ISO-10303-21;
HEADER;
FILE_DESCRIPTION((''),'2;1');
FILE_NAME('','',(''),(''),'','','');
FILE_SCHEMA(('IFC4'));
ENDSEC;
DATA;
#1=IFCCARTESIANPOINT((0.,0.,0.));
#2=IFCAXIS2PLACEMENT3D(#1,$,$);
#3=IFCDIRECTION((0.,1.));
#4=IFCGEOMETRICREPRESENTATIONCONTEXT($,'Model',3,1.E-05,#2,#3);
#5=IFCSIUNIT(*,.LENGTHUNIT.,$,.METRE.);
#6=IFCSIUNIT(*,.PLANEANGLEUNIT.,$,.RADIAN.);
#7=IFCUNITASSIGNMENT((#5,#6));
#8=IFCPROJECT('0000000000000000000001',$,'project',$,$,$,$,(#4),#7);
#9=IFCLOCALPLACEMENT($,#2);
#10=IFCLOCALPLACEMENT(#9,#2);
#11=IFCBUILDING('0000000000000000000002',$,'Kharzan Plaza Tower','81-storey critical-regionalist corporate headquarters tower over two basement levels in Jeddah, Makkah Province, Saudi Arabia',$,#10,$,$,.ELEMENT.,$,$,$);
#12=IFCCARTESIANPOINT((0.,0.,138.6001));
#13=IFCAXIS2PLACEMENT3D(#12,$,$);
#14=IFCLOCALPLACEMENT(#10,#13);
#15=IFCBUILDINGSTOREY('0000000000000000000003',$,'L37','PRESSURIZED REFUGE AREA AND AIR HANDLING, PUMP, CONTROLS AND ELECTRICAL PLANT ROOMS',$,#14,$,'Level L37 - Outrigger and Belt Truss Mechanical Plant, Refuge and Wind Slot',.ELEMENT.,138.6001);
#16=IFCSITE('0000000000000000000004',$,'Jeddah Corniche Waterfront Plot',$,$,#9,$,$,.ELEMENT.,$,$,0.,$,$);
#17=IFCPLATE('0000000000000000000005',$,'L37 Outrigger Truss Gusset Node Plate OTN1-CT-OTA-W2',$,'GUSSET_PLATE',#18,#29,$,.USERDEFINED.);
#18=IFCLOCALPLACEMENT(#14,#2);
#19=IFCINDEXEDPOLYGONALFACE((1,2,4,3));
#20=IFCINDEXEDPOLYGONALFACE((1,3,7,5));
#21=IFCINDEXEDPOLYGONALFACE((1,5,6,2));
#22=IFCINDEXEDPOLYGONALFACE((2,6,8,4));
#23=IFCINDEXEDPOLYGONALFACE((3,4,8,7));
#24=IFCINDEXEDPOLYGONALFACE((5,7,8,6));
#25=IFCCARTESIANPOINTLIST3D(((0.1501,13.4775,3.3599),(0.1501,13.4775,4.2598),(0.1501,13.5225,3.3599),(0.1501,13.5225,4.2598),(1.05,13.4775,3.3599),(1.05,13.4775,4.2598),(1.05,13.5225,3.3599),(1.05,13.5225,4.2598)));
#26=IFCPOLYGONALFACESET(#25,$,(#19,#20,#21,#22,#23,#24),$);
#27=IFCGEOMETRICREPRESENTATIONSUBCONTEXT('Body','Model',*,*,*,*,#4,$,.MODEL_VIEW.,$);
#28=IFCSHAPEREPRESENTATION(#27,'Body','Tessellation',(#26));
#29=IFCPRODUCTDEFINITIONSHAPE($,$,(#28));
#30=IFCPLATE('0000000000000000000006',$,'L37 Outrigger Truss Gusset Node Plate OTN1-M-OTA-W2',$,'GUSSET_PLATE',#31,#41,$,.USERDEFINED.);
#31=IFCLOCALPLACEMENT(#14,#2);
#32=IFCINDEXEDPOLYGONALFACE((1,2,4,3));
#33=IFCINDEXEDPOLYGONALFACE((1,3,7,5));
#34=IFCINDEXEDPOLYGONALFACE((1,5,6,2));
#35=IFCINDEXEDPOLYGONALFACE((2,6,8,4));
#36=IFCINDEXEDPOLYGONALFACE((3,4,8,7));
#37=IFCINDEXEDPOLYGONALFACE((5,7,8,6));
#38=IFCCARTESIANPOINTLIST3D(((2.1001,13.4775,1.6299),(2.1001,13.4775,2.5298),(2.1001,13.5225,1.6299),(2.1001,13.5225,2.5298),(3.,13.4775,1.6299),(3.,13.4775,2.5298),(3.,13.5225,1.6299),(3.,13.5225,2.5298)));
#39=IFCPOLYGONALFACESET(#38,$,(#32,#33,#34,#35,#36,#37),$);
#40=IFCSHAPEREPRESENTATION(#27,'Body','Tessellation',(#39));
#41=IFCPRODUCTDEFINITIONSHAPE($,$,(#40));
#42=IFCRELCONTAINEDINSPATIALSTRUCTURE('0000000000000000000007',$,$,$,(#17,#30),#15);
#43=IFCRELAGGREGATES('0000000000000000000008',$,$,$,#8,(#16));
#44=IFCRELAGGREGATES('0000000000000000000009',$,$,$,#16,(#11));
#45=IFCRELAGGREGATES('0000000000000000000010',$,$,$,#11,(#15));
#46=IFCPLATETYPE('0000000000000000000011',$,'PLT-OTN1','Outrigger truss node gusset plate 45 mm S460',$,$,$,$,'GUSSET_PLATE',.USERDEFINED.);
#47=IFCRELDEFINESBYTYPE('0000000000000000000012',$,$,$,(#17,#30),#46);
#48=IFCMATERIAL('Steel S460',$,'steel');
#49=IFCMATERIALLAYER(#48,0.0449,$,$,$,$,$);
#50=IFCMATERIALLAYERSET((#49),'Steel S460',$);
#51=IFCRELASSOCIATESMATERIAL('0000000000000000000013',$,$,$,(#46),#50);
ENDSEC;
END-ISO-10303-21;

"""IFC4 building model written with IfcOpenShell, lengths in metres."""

from ifc_helpers import new_model, si_unit, direction, frame, origin, origin_2d, place, context, subcontext, project, spatial, rectangle, extrude, source, transform, mapped, material, layer, layer_set, type_object, element, save


model = new_model("IFC4")

# Units and contexts
model_context = context("Model", 3, precision=1e-05, world=origin(), true_north=direction((0.0, 1.0)))
body_context = subcontext(model_context, "Body", "Model", "MODEL_VIEW")
ifc_project = project(units=[si_unit("LENGTHUNIT", "METRE"), si_unit("PLANEANGLEUNIT", "RADIAN")], contexts=[model_context])

# Site, building, storey
site_placement = place(None, origin())
site = spatial("IfcSite", under=ifc_project, at=site_placement, Name="Jeddah Corniche Waterfront Plot", CompositionType="ELEMENT", RefElevation=0.0)
building_placement = place(site_placement, origin())
building = spatial("IfcBuilding", under=site, at=building_placement, Name="Kharzan Plaza Tower", Description="81-storey critical-regionalist corporate headquarters tower over two basement levels in Jeddah, Makkah Province, Saudi Arabia", CompositionType="ELEMENT")
storey_placement = place(building_placement, frame((0.0, 0.0, 138.6001)))
storey = spatial("IfcBuildingStorey", under=building, at=storey_placement, Name="L37", Description="PRESSURIZED REFUGE AREA AND AIR HANDLING, PUMP, CONTROLS AND ELECTRICAL PLANT ROOMS", LongName="Level L37 - Outrigger and Belt Truss Mechanical Plant, Refuge and Wind Slot", CompositionType="ELEMENT", Elevation=138.6001)

# Plates
ifc_material_1 = material(Name="Steel S460", Category="steel")
ifc_layer_1 = layer(ifc_material_1, 0.0449)
ifc_layer_set_1 = layer_set([ifc_layer_1], Name="Steel S460")
plate_type_1 = type_object("IfcPlateType", Name="PLT-OTN1", Description="Outrigger truss node gusset plate 45 mm S460", ElementType="GUSSET_PLATE", PredefinedType="USERDEFINED", material=ifc_layer_set_1)
shared_shape_1 = source(origin(), body_context, "Body", "SweptSolid", [
    extrude(rectangle(XDim=0.8999, YDim=0.0449, at=origin_2d()), origin(), (0.0, 0.0, 1.0), 0.8999),
])
for number, where, z_axis, x_axis, name in (
    (1, (0.6001, 13.5, 3.3599), (0.0, 0.0, 1.0), (-1.0, 0.0, 0.0), "L37 Outrigger Truss Gusset Node Plate OTN1-CT-OTA-W2"),
    (2, (2.55, 13.5, 1.6299), (0.0, 0.0, 1.0), (-1.0, 0.0, 0.0), "L37 Outrigger Truss Gusset Node Plate OTN1-M-OTA-W2"),
):
    element("IfcPlate", number, at=place(storey_placement, frame(where, z_axis=z_axis, x_axis=x_axis)), inside=storey, type_object=plate_type_1, Name=name, ObjectType="GUSSET_PLATE", PredefinedType="USERDEFINED", context=body_context, shape_type="MappedRepresentation", body=[
        mapped(shared_shape_1, transform((0.0, 0.0, 0.0), x_axis=(1.0, 0.0, 0.0), y_axis=(0.0, 1.0, 0.0), z_axis=(0.0, 0.0, 1.0))),
    ])

save(model, "model.ifc")
